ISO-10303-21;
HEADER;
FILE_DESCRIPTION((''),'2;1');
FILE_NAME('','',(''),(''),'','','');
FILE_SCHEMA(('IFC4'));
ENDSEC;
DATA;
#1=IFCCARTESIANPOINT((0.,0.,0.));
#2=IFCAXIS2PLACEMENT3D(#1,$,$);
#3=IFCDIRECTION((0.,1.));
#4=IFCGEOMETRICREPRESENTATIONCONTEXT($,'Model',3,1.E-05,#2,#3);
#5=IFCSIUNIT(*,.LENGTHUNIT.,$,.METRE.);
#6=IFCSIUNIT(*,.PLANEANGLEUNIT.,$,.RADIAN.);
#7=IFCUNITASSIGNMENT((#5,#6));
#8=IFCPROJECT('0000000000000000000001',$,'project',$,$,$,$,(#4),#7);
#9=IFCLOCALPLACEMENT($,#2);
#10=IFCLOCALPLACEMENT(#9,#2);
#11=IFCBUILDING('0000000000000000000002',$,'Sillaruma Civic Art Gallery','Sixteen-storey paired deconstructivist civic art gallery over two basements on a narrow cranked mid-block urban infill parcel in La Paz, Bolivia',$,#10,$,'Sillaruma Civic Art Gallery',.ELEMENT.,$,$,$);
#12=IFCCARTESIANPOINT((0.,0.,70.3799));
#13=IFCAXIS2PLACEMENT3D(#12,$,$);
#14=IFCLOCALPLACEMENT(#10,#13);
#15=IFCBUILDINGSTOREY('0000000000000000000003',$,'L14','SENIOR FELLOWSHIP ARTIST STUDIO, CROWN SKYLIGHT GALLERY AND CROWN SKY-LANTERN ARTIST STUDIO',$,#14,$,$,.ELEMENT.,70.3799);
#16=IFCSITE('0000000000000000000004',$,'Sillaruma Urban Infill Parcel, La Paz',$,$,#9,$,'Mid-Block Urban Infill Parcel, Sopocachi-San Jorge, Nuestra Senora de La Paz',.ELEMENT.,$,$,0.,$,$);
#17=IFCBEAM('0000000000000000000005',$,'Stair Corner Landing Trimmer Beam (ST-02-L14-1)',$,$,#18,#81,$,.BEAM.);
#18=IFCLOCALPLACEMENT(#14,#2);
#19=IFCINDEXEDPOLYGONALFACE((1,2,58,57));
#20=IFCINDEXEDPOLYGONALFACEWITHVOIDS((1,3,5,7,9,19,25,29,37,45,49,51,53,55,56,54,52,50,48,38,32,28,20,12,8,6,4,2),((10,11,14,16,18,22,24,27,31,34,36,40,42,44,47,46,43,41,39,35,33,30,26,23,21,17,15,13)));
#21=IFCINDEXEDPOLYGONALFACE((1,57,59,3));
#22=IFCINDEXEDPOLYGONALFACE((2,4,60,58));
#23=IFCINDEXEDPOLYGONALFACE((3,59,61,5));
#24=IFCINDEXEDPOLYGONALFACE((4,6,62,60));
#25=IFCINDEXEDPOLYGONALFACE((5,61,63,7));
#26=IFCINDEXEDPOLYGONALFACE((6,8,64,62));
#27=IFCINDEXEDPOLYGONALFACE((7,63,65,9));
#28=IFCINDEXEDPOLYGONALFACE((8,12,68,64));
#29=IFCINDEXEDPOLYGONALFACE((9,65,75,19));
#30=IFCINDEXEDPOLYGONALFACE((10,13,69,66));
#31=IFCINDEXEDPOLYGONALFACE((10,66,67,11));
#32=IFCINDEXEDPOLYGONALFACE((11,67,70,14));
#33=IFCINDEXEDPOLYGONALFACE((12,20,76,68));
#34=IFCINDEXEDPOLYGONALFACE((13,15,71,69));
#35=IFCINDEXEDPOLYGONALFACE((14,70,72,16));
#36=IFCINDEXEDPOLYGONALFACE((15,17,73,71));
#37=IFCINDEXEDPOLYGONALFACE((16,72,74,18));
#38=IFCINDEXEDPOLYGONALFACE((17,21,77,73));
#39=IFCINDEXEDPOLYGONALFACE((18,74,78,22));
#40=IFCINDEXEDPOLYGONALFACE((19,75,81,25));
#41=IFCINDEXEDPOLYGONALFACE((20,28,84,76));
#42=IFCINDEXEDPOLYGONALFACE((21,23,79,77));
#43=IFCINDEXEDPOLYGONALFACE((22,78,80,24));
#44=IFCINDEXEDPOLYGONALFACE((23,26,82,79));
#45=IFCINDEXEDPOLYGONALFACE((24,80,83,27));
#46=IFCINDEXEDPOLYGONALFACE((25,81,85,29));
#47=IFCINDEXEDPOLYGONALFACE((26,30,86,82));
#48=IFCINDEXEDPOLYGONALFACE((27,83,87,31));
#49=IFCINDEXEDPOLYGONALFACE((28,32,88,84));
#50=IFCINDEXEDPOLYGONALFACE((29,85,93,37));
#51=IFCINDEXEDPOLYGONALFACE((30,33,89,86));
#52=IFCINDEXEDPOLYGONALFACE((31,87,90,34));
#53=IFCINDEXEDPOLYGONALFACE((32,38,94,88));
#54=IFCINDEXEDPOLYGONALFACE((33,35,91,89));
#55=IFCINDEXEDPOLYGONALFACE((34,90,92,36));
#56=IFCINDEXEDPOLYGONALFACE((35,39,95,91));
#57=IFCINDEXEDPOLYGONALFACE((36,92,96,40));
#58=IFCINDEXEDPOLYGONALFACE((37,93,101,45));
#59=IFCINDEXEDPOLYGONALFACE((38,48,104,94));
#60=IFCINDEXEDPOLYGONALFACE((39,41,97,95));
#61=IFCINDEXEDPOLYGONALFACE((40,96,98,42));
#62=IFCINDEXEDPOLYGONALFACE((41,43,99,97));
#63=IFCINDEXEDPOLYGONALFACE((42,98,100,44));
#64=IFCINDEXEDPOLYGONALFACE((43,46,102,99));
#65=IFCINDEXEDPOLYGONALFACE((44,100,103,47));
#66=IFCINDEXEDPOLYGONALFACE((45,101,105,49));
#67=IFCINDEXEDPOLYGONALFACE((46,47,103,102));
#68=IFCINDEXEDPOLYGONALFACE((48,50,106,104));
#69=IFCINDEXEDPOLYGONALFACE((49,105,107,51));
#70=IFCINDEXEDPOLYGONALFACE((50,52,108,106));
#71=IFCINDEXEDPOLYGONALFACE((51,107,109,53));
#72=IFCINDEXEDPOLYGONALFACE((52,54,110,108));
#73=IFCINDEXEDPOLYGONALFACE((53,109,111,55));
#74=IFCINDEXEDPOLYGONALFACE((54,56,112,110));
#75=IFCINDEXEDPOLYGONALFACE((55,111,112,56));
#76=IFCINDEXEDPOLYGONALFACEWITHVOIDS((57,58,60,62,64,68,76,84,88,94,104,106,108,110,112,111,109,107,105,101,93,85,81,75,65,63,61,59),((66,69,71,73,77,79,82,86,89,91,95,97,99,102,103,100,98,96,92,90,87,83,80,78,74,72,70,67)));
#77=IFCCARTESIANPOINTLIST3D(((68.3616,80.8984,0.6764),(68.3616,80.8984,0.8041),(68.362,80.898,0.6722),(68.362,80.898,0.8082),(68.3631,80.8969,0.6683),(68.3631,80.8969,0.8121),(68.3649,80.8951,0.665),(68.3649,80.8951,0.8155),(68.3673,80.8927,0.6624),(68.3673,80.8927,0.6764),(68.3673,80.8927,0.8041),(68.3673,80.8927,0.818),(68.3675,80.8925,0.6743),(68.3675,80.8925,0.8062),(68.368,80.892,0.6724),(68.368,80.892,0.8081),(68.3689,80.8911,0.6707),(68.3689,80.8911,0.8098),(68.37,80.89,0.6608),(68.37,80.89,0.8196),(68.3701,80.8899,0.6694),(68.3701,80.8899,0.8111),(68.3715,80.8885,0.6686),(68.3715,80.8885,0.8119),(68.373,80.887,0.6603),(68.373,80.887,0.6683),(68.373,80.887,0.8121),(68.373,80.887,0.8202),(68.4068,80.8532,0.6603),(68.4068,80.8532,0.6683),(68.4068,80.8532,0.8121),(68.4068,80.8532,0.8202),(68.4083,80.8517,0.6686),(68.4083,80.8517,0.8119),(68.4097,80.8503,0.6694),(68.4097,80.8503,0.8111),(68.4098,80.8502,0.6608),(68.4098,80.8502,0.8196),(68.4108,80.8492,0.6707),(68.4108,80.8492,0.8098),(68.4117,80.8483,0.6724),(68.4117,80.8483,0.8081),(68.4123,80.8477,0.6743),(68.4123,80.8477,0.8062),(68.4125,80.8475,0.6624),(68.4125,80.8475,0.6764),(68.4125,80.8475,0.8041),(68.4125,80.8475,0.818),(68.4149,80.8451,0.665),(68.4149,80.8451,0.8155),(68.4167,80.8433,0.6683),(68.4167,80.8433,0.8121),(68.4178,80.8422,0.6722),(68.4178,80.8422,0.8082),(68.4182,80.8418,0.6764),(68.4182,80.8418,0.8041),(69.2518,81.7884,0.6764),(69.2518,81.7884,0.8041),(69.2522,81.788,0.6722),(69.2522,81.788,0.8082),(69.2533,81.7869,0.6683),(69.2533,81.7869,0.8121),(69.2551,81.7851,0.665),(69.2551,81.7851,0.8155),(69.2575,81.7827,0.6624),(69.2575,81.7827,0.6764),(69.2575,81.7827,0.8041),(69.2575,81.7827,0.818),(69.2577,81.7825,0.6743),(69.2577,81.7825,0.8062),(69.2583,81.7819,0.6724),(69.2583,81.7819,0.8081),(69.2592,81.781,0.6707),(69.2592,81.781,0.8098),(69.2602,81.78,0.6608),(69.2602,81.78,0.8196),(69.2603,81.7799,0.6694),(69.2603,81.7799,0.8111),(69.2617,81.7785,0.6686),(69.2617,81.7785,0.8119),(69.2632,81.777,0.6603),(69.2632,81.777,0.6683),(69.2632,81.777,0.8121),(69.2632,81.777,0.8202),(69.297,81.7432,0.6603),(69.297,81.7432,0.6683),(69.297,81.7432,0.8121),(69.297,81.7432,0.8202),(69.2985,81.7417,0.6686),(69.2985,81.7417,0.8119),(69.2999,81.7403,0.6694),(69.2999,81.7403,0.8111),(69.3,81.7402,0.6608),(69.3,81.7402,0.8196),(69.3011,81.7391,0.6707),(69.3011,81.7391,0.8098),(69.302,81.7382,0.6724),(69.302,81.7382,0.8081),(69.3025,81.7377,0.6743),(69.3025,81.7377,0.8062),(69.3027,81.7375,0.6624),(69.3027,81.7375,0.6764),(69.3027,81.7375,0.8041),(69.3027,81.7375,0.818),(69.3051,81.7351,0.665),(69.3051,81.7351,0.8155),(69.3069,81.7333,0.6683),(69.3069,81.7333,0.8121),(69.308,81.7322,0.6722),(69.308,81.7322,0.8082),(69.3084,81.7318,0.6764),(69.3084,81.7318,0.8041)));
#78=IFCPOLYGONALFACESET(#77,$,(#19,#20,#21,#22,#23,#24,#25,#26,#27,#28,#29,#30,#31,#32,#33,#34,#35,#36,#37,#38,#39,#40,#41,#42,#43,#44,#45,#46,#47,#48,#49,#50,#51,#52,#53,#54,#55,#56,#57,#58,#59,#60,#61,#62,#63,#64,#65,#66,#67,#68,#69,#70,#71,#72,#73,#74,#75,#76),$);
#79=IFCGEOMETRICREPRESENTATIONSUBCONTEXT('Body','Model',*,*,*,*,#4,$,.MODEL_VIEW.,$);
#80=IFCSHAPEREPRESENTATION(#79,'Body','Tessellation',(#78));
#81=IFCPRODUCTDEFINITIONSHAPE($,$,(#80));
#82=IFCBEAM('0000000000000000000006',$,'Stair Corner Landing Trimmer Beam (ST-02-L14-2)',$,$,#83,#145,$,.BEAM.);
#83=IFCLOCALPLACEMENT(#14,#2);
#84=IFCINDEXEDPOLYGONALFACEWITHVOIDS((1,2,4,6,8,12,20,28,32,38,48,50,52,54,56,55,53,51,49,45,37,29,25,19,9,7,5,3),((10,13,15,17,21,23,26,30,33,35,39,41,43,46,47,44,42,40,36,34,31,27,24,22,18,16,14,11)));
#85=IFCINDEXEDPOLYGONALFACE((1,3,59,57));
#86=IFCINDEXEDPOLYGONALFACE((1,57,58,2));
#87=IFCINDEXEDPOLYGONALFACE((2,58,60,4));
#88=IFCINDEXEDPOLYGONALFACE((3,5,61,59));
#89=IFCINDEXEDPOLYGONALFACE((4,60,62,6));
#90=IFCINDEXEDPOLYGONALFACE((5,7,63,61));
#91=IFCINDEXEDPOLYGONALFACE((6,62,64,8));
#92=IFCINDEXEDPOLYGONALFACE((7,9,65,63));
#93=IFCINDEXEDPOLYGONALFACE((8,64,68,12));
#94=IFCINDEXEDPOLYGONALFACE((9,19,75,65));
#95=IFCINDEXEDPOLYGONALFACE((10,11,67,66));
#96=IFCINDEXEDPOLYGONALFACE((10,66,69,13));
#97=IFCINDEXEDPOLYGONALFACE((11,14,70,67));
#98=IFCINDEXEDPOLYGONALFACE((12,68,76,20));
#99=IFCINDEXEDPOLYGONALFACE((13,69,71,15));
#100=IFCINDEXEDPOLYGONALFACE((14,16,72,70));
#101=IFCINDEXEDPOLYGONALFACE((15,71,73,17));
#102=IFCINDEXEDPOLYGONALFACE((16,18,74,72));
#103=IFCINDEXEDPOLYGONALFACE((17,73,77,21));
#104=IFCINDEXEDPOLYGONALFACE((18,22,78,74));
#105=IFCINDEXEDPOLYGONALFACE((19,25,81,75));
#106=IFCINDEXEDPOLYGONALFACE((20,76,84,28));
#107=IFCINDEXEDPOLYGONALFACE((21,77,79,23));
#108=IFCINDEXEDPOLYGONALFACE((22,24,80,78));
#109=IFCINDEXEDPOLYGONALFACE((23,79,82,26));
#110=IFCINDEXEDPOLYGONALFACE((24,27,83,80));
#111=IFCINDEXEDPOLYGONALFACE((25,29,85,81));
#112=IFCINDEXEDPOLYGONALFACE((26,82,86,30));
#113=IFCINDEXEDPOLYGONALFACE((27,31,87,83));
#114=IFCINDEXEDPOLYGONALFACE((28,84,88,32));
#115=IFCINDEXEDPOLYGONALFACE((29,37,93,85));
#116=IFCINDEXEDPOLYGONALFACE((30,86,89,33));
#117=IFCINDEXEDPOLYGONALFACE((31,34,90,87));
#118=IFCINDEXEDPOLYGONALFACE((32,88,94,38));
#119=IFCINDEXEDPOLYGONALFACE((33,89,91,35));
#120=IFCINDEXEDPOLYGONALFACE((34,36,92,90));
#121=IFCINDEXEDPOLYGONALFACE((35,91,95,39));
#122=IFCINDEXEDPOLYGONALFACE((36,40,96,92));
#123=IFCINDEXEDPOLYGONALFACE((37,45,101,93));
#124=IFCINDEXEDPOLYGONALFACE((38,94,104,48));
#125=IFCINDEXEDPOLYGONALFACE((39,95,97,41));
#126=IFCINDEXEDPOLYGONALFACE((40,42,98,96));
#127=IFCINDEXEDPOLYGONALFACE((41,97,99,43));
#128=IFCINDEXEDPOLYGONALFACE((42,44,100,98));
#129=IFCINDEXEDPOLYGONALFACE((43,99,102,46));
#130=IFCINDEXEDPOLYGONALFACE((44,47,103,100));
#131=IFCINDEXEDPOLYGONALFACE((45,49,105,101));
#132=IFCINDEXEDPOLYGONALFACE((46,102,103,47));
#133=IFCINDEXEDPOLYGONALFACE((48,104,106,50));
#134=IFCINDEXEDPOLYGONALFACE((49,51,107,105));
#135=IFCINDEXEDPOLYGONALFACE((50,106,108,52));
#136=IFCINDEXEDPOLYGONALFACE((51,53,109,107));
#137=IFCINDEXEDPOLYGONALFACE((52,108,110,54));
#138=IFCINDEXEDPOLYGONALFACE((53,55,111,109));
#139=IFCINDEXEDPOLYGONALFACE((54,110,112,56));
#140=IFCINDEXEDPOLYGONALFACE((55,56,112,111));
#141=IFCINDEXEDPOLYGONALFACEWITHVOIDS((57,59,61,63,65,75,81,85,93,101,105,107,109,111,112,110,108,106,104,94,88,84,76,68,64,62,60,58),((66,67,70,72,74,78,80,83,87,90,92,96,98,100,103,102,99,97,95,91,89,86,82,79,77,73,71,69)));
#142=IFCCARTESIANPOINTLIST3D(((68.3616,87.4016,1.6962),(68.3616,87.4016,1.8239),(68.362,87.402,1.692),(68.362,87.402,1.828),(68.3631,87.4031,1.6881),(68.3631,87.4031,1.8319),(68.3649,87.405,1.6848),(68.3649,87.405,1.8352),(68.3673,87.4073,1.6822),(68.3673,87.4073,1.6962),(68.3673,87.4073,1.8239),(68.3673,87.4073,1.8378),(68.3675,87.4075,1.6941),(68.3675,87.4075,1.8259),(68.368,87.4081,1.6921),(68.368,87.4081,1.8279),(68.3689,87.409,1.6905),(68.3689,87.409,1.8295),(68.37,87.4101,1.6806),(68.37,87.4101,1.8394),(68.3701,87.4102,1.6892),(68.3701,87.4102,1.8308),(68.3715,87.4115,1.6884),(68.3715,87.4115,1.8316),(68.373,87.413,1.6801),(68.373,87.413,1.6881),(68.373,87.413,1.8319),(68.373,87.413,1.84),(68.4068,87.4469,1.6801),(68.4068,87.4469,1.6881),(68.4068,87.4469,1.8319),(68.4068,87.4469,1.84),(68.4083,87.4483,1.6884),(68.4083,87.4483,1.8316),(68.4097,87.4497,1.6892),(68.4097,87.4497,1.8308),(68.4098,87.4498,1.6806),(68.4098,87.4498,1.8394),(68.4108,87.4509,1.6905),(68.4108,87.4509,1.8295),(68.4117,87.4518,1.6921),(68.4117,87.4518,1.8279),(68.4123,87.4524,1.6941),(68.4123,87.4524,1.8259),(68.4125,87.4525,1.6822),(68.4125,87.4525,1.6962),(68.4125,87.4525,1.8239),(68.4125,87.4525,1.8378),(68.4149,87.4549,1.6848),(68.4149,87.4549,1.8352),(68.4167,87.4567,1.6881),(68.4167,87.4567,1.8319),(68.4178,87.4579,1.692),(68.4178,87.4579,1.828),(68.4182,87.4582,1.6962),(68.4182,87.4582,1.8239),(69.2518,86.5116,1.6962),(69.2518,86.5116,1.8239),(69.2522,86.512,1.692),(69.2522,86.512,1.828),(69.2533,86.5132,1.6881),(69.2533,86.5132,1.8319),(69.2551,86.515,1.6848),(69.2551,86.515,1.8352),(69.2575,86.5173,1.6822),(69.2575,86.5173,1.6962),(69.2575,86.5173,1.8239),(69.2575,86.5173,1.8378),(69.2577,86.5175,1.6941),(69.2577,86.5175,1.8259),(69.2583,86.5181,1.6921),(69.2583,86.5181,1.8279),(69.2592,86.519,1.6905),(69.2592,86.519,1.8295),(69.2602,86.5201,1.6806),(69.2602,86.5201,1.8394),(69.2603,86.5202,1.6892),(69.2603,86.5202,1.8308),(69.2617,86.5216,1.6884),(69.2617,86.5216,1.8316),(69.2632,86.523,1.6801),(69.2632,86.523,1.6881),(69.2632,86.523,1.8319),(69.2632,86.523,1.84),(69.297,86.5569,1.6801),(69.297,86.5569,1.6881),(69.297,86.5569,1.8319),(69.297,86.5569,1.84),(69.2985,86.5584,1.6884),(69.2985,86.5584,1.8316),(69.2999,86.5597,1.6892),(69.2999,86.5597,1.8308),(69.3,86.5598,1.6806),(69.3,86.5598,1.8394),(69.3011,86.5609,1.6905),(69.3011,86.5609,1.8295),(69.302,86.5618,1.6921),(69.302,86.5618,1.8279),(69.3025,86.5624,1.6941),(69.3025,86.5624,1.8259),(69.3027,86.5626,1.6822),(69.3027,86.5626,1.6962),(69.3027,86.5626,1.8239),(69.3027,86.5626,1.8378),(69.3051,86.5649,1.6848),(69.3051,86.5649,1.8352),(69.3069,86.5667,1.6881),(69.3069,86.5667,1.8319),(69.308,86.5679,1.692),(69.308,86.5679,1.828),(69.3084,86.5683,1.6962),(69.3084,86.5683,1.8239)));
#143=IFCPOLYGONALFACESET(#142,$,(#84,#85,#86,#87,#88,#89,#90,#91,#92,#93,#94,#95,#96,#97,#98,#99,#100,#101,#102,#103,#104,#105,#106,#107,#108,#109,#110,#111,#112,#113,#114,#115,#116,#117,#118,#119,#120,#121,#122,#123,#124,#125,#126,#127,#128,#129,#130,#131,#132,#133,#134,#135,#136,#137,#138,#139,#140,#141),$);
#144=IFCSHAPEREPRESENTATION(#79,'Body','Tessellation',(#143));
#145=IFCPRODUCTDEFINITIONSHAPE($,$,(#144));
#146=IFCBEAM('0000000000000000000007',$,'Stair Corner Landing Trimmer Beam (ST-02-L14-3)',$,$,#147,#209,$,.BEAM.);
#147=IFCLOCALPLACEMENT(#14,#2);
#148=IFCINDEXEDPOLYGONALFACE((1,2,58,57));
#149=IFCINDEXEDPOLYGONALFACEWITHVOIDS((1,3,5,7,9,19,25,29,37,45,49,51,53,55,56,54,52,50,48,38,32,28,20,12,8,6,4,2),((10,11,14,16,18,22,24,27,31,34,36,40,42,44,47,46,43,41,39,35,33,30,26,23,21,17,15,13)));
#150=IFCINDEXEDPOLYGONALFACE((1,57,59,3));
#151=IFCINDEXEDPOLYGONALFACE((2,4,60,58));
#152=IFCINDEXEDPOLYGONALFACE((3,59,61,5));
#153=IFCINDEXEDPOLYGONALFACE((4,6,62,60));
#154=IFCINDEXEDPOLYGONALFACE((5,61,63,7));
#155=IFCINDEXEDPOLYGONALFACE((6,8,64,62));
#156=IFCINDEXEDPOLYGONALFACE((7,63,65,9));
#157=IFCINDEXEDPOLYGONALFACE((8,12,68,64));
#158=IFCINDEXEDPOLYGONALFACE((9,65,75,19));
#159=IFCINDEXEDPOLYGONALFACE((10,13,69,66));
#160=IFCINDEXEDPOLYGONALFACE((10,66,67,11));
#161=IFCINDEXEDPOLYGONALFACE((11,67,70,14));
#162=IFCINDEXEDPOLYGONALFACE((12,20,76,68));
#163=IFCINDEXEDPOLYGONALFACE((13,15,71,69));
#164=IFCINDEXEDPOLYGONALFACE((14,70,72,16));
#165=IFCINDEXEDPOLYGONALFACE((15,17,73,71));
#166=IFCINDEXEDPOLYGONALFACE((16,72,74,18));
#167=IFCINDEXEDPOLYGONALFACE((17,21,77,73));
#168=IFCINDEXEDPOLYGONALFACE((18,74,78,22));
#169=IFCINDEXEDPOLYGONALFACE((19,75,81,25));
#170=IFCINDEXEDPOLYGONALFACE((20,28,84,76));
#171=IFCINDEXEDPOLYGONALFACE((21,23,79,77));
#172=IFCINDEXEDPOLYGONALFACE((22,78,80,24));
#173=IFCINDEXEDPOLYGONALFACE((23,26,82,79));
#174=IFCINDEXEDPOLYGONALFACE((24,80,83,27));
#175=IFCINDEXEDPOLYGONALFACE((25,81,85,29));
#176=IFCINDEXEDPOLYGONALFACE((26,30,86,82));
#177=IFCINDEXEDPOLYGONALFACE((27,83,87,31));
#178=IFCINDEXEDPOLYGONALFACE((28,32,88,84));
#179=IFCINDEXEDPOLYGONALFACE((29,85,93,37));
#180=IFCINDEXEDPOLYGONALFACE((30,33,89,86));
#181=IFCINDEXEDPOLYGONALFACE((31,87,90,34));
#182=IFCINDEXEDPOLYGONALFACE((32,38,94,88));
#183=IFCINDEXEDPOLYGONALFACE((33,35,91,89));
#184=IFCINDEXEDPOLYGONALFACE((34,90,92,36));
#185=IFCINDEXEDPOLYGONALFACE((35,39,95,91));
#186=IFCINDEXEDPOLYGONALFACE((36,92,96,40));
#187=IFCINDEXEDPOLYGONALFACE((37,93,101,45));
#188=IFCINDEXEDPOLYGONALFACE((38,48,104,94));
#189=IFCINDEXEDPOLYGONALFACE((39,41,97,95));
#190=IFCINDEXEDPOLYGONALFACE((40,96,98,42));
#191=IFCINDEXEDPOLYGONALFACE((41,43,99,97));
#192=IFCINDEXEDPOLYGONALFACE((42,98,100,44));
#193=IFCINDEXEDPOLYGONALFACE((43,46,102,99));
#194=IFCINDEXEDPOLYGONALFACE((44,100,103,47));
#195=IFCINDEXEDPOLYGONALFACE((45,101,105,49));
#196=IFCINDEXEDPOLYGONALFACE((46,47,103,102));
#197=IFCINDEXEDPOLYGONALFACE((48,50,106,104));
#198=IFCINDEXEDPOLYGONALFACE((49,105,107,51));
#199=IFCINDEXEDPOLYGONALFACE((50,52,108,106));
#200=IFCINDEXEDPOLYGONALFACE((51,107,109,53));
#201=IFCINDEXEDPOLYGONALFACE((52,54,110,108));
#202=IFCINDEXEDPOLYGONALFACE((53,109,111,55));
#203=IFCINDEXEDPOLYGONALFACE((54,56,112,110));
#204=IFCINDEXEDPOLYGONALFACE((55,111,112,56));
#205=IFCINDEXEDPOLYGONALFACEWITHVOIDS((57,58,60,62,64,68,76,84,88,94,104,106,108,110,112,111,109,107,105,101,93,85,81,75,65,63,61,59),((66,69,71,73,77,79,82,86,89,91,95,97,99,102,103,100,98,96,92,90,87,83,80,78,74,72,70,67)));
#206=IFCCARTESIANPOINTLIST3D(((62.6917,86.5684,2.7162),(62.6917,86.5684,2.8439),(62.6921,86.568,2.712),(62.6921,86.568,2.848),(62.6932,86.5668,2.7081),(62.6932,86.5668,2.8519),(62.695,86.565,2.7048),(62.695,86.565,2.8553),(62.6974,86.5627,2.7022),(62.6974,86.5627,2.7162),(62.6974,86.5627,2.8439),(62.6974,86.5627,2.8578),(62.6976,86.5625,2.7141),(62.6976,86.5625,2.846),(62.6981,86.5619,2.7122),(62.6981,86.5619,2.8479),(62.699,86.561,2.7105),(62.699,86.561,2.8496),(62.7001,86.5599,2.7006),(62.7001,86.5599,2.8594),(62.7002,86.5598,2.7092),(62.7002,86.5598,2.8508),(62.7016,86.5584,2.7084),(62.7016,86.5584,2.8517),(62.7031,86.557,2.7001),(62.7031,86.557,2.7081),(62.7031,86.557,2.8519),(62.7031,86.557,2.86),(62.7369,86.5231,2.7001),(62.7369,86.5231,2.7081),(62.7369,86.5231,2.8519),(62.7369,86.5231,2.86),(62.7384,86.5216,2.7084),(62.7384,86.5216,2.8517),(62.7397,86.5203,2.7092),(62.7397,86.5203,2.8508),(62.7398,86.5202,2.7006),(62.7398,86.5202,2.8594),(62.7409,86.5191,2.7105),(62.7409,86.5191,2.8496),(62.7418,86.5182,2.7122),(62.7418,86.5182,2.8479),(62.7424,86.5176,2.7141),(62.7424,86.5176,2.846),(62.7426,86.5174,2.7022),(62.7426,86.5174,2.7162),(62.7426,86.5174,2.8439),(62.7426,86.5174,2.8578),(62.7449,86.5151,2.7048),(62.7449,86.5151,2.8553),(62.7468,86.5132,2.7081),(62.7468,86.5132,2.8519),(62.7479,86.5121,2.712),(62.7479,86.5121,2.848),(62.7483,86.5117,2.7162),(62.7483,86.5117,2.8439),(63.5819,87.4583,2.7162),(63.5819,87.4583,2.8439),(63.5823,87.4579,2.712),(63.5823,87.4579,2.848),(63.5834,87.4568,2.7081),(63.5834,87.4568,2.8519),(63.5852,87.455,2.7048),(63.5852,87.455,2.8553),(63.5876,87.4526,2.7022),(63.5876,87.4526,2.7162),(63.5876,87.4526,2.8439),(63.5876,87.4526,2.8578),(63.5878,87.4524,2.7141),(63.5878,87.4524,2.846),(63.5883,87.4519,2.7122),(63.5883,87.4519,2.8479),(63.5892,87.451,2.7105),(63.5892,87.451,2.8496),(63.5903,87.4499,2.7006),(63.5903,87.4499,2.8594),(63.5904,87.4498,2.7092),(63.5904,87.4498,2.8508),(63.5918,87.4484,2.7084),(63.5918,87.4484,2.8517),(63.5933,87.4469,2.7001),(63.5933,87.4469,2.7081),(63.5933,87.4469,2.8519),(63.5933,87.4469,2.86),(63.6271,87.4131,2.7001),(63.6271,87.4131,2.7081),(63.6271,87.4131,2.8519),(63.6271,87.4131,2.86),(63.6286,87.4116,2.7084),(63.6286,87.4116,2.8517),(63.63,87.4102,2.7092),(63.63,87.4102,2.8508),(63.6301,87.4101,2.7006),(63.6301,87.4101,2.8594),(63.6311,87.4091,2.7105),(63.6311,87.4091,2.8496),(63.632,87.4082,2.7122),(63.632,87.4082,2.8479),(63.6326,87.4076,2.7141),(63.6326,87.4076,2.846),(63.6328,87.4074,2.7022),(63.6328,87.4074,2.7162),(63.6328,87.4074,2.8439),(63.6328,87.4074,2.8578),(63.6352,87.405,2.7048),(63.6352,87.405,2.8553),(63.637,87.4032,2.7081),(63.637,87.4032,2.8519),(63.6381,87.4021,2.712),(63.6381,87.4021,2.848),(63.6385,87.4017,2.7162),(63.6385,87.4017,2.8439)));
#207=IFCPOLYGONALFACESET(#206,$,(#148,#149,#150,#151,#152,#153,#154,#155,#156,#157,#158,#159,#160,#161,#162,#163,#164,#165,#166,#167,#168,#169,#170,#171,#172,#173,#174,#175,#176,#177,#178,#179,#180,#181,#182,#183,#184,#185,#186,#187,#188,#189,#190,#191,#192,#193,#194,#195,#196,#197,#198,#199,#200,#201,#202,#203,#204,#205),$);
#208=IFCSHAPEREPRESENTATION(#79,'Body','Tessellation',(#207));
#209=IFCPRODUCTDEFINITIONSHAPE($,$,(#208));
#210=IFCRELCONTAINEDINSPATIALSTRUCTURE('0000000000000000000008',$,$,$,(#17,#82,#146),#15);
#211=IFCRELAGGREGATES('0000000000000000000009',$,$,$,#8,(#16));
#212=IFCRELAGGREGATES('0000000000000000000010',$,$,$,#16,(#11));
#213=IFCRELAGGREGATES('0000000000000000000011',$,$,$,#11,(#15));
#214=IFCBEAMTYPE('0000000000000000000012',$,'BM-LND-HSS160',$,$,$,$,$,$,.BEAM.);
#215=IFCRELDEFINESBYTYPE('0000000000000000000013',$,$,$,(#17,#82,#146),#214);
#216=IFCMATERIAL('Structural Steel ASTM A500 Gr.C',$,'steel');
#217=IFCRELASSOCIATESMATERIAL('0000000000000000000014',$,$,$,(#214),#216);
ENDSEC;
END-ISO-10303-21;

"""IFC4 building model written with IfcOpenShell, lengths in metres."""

from ifc_helpers import new_model, si_unit, direction, frame, origin, origin_2d, place, context, subcontext, project, spatial, hollow_rectangle, extrude, material, material_profile, profile_set, type_object, element, save


model = new_model("IFC4")

# Units and contexts
model_context = context("Model", 3, precision=1e-05, world=origin(), true_north=direction((0.0, 1.0)))
body_context = subcontext(model_context, "Body", "Model", "MODEL_VIEW")
ifc_project = project(units=[si_unit("LENGTHUNIT", "METRE"), si_unit("PLANEANGLEUNIT", "RADIAN")], contexts=[model_context])

# Site, building, storey
site_placement = place(None, origin())
site = spatial("IfcSite", under=ifc_project, at=site_placement, Name="Sillaruma Urban Infill Parcel, La Paz", LongName="Mid-Block Urban Infill Parcel, Sopocachi-San Jorge, Nuestra Senora de La Paz", CompositionType="ELEMENT", RefElevation=0.0)
building_placement = place(site_placement, origin())
building = spatial("IfcBuilding", under=site, at=building_placement, Name="Sillaruma Civic Art Gallery", Description="Sixteen-storey paired deconstructivist civic art gallery over two basements on a narrow cranked mid-block urban infill parcel in La Paz, Bolivia", LongName="Sillaruma Civic Art Gallery", CompositionType="ELEMENT")
storey_placement = place(building_placement, frame((0.0, 0.0, 70.3799)))
storey = spatial("IfcBuildingStorey", under=building, at=storey_placement, Name="L14", Description="SENIOR FELLOWSHIP ARTIST STUDIO, CROWN SKYLIGHT GALLERY AND CROWN SKY-LANTERN ARTIST STUDIO", CompositionType="ELEMENT", Elevation=70.3799)

# Beams
ifc_material_1 = material(Name="Structural Steel ASTM A500 Gr.C", Category="steel")
ifc_material_profile_1 = material_profile(ifc_material_1, hollow_rectangle(XDim=0.0801, YDim=0.1599, WallThickness=0.0081, InnerFilletRadius=0.0081, OuterFilletRadius=0.0161, at=origin_2d()), Name="HSS160x80x8")
ifc_profile_set_1 = profile_set([ifc_material_profile_1], Name="Structural Steel ASTM A500 Gr.C")
beam_type_1 = type_object("IfcBeamType", Name="BM-LND-HSS160", PredefinedType="BEAM", material=ifc_profile_set_1)
for number, where, z_axis, x_axis, name in (
    (1, (68.3899, 80.8701, 0.7402), (0.707204, 0.70701, 0.0), (-0.70701, 0.707204, 0.0), "Stair Corner Landing Trimmer Beam (ST-02-L14-1)"),
    (2, (68.3899, 87.4299, 1.76), (0.707204, -0.70701, 0.0), (0.70701, 0.707204, 0.0), "Stair Corner Landing Trimmer Beam (ST-02-L14-2)"),
    (3, (62.72, 86.54, 2.78), (0.707204, 0.70701, 0.0), (-0.70701, 0.707204, 0.0), "Stair Corner Landing Trimmer Beam (ST-02-L14-3)"),
):
    element("IfcBeam", number, at=place(storey_placement, frame(where, z_axis=z_axis, x_axis=x_axis)), inside=storey, type_object=beam_type_1, Name=name, PredefinedType="BEAM", context=body_context, shape_type="SweptSolid", body=[
        extrude(hollow_rectangle(XDim=0.0801, YDim=0.1599, WallThickness=0.0081, InnerFilletRadius=0.0081, OuterFilletRadius=0.0161, at=origin_2d()), origin(), (0.0, 0.0, 1.0), 1.2588),
    ])

save(model, "model.ifc")
